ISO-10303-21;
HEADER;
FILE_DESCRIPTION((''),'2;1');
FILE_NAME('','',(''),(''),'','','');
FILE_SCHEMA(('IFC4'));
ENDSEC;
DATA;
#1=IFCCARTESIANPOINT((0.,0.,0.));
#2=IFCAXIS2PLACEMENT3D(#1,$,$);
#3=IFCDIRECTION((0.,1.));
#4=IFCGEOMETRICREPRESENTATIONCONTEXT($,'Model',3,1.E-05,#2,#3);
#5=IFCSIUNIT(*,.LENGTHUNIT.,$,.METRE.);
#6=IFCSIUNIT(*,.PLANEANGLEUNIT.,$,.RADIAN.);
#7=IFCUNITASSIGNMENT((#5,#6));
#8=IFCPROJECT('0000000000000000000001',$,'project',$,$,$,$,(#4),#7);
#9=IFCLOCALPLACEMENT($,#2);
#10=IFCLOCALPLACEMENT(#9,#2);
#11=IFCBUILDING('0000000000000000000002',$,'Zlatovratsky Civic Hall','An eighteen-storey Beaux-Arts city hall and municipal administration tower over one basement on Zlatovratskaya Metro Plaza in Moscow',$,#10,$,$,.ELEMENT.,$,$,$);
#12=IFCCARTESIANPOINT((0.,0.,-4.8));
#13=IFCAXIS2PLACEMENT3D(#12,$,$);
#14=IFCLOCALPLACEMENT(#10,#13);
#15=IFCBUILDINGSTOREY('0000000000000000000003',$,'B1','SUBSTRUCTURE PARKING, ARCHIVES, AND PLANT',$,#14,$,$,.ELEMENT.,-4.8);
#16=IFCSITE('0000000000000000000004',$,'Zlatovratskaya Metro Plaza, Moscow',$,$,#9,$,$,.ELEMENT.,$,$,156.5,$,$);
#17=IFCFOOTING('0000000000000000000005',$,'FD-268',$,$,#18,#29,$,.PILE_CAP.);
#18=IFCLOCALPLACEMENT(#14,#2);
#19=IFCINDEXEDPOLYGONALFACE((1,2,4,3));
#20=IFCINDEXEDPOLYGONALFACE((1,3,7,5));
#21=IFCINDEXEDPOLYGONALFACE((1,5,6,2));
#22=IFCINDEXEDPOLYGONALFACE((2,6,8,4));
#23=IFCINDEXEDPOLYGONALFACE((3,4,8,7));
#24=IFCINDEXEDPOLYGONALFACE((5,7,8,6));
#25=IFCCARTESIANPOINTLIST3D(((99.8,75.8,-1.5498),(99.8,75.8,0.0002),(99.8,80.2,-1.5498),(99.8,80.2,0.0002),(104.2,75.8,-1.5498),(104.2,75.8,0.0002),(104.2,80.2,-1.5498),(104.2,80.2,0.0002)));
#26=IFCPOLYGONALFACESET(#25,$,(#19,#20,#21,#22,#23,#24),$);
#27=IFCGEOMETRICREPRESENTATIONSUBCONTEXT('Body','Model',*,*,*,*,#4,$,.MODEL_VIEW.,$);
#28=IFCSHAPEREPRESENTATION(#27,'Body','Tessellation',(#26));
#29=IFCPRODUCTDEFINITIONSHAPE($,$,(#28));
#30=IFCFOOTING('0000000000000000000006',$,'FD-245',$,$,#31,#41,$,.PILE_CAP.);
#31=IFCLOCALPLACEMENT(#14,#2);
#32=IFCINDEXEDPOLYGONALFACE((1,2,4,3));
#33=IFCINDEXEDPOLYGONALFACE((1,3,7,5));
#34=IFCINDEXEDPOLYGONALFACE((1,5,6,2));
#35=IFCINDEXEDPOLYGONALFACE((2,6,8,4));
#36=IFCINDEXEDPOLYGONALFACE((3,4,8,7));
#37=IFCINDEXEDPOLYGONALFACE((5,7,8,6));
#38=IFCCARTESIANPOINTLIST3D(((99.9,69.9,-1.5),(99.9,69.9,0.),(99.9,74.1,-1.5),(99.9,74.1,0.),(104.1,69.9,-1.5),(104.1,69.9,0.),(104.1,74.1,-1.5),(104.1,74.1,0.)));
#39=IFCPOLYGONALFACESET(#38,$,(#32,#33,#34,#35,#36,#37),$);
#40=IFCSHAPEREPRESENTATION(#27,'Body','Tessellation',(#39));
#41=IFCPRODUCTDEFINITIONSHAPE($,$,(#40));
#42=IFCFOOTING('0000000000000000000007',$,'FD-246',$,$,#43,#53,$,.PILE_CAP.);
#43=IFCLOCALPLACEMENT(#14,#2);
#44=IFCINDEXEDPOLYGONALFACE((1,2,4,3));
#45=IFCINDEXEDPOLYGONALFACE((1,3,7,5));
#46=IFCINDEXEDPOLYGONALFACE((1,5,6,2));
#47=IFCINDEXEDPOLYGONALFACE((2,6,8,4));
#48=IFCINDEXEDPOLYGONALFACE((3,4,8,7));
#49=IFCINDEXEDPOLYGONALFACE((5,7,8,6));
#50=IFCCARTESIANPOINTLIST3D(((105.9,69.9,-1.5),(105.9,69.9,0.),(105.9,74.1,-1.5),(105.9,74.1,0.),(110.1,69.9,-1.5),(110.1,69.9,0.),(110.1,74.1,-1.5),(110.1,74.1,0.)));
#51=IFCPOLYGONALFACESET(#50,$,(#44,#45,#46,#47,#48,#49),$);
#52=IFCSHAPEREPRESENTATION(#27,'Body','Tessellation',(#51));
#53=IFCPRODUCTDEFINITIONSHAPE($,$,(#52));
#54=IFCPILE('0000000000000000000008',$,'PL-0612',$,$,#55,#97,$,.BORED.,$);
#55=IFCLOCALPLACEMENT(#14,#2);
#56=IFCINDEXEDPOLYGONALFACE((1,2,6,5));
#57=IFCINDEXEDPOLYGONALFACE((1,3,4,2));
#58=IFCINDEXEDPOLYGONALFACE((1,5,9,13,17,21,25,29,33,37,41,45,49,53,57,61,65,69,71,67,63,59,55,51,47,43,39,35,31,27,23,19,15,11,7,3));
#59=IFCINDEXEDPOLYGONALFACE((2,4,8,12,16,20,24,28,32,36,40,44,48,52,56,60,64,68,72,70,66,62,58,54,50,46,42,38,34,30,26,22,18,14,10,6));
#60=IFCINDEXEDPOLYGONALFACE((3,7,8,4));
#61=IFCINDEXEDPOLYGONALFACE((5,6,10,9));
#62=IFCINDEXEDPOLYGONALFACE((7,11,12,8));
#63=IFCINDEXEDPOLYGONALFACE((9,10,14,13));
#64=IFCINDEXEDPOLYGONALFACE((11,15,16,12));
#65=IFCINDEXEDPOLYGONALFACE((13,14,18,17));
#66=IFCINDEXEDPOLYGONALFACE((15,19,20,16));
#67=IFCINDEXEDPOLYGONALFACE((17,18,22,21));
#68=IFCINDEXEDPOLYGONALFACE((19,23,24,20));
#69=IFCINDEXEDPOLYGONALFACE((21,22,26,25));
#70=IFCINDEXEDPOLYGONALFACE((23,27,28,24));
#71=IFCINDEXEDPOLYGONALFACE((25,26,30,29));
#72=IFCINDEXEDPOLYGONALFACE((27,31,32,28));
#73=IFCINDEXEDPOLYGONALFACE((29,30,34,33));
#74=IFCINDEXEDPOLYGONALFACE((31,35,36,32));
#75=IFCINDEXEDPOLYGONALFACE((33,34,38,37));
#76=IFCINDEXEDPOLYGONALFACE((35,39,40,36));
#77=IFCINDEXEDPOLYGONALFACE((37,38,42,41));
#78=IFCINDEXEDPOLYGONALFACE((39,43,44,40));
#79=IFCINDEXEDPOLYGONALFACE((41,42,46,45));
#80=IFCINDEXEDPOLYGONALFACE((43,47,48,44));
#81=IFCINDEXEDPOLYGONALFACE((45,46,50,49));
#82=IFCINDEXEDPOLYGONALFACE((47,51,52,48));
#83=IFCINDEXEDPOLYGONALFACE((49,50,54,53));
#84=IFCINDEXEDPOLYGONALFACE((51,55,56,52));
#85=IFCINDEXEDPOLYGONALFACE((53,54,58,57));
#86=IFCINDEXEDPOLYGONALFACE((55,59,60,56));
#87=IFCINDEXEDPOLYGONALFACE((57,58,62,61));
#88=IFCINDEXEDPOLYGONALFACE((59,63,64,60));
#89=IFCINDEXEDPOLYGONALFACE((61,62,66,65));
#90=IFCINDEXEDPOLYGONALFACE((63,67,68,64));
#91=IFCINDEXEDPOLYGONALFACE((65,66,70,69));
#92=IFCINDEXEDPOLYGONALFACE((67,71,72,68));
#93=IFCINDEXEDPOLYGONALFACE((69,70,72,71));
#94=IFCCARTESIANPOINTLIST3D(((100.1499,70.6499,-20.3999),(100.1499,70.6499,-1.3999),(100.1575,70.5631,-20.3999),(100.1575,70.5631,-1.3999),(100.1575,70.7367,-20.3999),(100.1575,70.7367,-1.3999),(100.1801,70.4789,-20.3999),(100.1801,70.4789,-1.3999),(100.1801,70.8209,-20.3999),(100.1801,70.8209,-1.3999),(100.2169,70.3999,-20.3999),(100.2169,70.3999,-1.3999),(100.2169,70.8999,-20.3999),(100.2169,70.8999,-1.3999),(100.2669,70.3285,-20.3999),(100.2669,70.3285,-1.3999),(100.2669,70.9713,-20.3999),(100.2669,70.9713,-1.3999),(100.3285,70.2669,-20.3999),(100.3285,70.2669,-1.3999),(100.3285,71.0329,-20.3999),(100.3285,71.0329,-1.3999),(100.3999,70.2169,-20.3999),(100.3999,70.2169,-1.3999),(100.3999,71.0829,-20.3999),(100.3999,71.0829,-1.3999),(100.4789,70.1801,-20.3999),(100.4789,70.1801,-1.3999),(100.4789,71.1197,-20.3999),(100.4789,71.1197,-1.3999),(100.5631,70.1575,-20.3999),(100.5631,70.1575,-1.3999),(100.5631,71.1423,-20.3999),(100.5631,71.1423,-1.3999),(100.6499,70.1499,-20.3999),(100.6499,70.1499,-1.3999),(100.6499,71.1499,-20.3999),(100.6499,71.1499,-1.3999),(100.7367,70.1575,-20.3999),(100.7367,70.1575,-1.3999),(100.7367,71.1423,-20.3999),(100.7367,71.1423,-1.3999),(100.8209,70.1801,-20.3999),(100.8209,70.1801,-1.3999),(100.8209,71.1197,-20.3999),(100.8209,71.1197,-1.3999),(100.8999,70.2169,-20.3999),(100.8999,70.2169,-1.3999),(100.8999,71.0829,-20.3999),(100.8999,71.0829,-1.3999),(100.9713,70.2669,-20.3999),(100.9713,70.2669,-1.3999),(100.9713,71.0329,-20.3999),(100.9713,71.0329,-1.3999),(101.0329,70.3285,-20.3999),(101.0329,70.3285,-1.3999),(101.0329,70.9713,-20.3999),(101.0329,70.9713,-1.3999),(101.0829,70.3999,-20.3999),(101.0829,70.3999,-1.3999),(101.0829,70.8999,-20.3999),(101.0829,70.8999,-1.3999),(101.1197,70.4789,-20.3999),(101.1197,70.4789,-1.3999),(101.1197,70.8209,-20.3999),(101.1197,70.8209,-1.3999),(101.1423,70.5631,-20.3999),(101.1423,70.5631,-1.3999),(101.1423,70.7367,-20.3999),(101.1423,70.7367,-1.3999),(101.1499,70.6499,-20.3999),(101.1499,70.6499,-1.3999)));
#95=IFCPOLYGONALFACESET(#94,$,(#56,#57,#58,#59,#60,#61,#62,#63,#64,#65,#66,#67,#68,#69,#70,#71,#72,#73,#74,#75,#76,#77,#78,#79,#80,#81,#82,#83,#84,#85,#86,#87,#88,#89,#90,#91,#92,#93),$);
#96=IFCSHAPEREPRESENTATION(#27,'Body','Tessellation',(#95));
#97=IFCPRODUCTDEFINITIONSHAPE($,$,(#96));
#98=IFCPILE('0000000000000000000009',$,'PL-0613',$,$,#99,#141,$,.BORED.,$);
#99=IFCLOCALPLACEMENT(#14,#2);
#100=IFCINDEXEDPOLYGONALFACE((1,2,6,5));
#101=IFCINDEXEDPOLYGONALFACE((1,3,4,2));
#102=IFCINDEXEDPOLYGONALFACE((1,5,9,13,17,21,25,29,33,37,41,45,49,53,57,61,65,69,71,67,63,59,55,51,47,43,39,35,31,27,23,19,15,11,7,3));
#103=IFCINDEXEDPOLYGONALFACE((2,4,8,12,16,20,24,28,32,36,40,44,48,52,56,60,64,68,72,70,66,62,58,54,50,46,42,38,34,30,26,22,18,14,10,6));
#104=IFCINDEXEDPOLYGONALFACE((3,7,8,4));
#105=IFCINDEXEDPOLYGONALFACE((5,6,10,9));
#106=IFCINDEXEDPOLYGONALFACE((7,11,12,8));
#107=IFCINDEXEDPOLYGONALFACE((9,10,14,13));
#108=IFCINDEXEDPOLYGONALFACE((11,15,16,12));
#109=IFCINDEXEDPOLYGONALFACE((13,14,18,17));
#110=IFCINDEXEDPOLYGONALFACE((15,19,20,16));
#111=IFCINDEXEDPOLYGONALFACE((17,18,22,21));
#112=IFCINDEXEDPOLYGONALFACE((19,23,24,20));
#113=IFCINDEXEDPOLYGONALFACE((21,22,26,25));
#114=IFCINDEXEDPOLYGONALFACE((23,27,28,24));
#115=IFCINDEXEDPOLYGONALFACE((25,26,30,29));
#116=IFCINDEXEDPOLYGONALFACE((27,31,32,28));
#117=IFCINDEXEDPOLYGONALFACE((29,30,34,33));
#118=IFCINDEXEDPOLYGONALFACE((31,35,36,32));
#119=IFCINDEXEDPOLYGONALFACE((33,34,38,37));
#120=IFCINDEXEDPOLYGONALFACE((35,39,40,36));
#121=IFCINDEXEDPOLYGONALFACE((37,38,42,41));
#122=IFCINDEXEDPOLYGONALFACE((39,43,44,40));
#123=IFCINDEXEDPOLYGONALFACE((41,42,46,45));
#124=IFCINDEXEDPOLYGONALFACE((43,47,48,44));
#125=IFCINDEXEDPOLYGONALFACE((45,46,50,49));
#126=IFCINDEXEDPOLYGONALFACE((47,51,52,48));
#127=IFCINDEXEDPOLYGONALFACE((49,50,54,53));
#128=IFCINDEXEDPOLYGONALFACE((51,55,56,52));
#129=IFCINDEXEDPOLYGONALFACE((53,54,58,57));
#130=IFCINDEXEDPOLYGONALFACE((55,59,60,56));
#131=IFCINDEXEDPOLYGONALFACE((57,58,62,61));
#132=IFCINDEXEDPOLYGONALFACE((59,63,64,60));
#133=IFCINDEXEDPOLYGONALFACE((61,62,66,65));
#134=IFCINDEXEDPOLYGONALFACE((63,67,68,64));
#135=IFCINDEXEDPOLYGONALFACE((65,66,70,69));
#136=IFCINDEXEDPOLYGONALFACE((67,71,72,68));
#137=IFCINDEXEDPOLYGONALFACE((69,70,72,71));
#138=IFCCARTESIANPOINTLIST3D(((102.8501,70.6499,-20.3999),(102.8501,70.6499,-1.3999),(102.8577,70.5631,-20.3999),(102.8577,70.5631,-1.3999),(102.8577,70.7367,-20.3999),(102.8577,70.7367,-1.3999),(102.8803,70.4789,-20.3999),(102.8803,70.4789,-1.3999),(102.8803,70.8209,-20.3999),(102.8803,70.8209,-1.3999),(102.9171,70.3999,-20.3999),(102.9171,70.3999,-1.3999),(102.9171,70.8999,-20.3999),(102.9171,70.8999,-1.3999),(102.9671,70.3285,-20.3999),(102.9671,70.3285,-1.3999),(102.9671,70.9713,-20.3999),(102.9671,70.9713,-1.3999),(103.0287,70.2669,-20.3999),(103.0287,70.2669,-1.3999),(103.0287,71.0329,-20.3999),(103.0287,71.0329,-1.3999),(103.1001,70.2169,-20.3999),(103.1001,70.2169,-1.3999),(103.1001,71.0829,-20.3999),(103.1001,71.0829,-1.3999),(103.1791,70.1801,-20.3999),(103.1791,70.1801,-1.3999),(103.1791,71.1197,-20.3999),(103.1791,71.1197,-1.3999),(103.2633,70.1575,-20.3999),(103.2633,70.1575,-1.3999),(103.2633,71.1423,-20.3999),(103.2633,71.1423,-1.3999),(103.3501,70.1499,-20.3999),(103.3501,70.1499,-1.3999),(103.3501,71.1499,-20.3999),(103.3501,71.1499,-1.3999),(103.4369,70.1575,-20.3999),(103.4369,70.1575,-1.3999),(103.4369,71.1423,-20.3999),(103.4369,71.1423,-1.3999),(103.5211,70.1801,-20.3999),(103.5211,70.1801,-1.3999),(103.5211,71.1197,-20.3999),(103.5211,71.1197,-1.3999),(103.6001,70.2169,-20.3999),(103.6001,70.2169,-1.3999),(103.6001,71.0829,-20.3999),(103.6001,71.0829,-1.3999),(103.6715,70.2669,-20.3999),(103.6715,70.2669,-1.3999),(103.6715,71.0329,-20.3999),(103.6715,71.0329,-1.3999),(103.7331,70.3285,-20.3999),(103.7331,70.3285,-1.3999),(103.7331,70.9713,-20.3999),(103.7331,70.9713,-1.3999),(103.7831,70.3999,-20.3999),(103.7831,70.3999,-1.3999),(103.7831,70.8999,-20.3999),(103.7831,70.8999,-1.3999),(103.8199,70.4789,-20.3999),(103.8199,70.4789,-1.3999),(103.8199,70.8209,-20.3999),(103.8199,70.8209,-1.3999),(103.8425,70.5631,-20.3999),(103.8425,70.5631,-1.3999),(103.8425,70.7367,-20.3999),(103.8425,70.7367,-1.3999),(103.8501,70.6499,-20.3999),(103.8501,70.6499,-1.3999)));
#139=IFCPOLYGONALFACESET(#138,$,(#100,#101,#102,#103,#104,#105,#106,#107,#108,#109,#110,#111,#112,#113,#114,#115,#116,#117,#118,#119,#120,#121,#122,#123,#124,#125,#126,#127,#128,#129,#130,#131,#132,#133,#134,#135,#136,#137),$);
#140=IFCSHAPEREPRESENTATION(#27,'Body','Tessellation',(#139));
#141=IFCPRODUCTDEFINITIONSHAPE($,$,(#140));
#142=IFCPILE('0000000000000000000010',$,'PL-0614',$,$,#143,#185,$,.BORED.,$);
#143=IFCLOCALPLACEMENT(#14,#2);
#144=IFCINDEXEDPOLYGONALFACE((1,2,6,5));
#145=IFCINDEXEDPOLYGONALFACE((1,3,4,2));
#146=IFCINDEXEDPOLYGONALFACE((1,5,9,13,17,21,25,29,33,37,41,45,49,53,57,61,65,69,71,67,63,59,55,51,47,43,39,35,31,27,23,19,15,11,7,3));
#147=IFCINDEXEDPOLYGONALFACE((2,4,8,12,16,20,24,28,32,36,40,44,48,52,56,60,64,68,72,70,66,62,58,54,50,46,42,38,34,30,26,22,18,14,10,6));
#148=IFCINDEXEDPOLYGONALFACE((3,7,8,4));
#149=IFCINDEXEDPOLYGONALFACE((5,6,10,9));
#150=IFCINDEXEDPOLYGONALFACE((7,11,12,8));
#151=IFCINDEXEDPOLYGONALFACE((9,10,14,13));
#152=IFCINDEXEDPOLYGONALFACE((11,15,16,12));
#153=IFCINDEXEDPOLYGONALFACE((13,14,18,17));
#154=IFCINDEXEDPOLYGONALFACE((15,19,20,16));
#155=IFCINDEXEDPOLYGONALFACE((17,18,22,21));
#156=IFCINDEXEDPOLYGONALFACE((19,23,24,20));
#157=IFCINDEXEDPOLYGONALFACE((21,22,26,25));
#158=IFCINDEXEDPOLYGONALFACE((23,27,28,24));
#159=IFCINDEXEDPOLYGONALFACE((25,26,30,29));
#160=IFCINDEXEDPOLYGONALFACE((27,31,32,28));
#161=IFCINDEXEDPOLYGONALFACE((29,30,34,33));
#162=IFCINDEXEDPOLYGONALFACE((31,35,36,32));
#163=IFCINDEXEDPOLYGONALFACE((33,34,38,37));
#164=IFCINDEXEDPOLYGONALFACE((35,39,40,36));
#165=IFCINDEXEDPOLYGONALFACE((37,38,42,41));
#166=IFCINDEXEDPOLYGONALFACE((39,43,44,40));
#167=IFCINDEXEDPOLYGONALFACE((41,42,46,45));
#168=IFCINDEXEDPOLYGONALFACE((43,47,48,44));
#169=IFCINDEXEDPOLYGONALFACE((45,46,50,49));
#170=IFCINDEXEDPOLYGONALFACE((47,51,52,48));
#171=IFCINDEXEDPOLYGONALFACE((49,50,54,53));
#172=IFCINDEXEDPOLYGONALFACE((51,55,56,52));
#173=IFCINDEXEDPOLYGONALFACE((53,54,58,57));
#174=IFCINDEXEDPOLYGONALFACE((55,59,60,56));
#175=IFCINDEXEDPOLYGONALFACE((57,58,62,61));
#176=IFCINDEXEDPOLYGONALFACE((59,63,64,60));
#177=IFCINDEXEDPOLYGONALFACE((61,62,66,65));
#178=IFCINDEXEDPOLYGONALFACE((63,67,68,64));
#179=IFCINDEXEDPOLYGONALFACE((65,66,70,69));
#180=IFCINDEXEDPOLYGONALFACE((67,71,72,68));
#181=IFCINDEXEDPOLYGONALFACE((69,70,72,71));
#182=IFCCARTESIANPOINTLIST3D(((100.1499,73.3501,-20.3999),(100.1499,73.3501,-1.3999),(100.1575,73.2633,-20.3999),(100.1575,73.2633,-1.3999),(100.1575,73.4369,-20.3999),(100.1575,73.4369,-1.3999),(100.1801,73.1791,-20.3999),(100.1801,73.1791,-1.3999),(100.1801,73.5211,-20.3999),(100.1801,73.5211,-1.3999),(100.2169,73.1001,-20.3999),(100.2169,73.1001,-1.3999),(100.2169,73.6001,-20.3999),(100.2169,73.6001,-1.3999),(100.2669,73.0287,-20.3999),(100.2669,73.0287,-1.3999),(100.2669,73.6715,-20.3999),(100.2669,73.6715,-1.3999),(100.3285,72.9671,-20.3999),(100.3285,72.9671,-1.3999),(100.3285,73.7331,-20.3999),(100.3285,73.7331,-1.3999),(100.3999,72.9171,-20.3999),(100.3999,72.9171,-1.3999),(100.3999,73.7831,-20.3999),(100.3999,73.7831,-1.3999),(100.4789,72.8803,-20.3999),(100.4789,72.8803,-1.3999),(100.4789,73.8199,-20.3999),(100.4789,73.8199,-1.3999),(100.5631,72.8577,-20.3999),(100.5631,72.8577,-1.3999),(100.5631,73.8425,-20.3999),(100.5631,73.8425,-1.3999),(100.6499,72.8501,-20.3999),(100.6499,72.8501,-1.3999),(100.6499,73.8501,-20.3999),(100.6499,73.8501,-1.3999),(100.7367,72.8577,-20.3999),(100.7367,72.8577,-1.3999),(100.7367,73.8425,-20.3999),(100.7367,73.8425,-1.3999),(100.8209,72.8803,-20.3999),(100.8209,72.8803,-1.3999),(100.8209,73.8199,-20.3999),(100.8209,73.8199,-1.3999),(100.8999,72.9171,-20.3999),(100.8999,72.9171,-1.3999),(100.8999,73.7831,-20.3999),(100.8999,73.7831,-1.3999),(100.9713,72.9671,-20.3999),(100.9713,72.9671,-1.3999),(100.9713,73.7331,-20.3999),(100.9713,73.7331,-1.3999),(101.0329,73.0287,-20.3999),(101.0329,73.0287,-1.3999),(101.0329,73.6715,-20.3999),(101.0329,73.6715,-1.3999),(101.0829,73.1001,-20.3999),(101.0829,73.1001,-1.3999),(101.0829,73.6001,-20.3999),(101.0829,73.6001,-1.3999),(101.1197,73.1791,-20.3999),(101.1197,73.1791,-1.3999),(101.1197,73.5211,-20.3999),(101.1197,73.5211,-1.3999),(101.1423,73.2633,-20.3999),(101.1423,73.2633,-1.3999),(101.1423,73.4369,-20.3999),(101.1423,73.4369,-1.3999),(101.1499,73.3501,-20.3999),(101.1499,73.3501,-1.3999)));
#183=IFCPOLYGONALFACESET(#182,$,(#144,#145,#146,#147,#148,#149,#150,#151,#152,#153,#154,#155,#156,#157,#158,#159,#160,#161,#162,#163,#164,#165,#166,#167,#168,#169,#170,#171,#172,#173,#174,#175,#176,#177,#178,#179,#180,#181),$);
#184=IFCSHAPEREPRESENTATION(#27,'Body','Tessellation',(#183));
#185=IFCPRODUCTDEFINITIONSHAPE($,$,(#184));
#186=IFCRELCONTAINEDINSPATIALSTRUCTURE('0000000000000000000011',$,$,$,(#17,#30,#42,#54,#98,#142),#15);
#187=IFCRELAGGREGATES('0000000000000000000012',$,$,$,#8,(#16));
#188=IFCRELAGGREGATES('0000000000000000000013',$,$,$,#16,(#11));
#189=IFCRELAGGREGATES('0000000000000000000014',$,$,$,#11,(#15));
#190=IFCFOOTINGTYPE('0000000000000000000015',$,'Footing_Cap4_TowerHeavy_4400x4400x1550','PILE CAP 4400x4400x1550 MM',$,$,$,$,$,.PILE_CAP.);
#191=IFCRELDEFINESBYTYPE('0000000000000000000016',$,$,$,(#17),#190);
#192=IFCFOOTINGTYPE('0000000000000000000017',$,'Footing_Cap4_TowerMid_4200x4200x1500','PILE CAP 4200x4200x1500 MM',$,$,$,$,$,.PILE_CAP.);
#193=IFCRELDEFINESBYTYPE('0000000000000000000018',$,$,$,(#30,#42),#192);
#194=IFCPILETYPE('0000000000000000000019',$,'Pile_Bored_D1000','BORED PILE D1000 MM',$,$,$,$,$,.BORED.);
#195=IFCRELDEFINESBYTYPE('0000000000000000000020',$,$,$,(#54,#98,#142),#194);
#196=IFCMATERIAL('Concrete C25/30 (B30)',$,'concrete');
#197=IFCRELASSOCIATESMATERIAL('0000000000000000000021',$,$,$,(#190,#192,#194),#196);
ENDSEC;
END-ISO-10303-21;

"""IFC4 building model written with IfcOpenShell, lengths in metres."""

from ifc_helpers import new_model, si_unit, direction, frame, origin, origin_2d, place, context, subcontext, project, spatial, rectangle, circle, extrude, material, material_profile, profile_set, type_object, element, save


model = new_model("IFC4")

# Units and contexts
model_context = context("Model", 3, precision=1e-05, world=origin(), true_north=direction((0.0, 1.0)))
body_context = subcontext(model_context, "Body", "Model", "MODEL_VIEW")
ifc_project = project(units=[si_unit("LENGTHUNIT", "METRE"), si_unit("PLANEANGLEUNIT", "RADIAN")], contexts=[model_context])

# Site, building, storey
site_placement = place(None, origin())
site = spatial("IfcSite", under=ifc_project, at=site_placement, Name="Zlatovratskaya Metro Plaza, Moscow", CompositionType="ELEMENT", RefElevation=156.5)
building_placement = place(site_placement, origin())
building = spatial("IfcBuilding", under=site, at=building_placement, Name="Zlatovratsky Civic Hall", Description="An eighteen-storey Beaux-Arts city hall and municipal administration tower over one basement on Zlatovratskaya Metro Plaza in Moscow", CompositionType="ELEMENT")
storey_placement = place(building_placement, frame((0.0, 0.0, -4.8)))
storey = spatial("IfcBuildingStorey", under=building, at=storey_placement, Name="B1", Description="SUBSTRUCTURE PARKING, ARCHIVES, AND PLANT", CompositionType="ELEMENT", Elevation=-4.8)

# Footings
ifc_material_1 = material(Name="Concrete C25/30 (B30)", Category="concrete")
footing_type_1 = type_object("IfcFootingType", Name="Footing_Cap4_TowerHeavy_4400x4400x1550", Description="PILE CAP 4400x4400x1550 MM", PredefinedType="PILE_CAP", material=ifc_material_1)
footing_placement = place(storey_placement, frame((102.0, 78.0, -1.5498), z_axis=(0.0, 0.0, 1.0), x_axis=(1.0, 0.0, 0.0)))
element("IfcFooting", 1, at=footing_placement, inside=storey, type_object=footing_type_1, Name="FD-268", PredefinedType="PILE_CAP", context=body_context, shape_type="SweptSolid", body=[
    extrude(rectangle(XDim=4.3999, YDim=4.3999, at=origin_2d()), origin(), (0.0, 0.0, 1.0), 1.55),
])
footing_type_2 = type_object("IfcFootingType", Name="Footing_Cap4_TowerMid_4200x4200x1500", Description="PILE CAP 4200x4200x1500 MM", PredefinedType="PILE_CAP", material=ifc_material_1)
for number, where, z_axis, x_axis, name in (
    (2, (102.0, 72.0, -1.5), (0.0, 0.0, 1.0), (1.0, 0.0, 0.0), "FD-245"),
    (3, (108.0, 72.0, -1.5), (0.0, 0.0, 1.0), (1.0, 0.0, 0.0), "FD-246"),
):
    element("IfcFooting", number, at=place(storey_placement, frame(where, z_axis=z_axis, x_axis=x_axis)), inside=storey, type_object=footing_type_2, Name=name, PredefinedType="PILE_CAP", context=body_context, shape_type="SweptSolid", body=[
        extrude(rectangle(XDim=4.2, YDim=4.2, at=origin_2d()), origin(), (0.0, 0.0, 1.0), 1.5),
    ])

# Piles
ifc_material_profile_1 = material_profile(ifc_material_1, circle(Radius=0.5, at=origin_2d()), Name="PILE D1000")
ifc_profile_set_1 = profile_set([ifc_material_profile_1], Name="Concrete C25/30 (B30)")
pile_type_1 = type_object("IfcPileType", Name="Pile_Bored_D1000", Description="BORED PILE D1000 MM", PredefinedType="BORED", material=ifc_profile_set_1)
for number, where, z_axis, x_axis, name in (
    (4, (100.6499, 70.6499, -1.3999), (0.0, 0.0, -1.0), (1.0, 0.0, 0.0), "PL-0612"),
    (5, (103.3501, 70.6499, -1.3999), (0.0, 0.0, -1.0), (1.0, 0.0, 0.0), "PL-0613"),
    (6, (100.6499, 73.3501, -1.3999), (0.0, 0.0, -1.0), (1.0, 0.0, 0.0), "PL-0614"),
):
    element("IfcPile", number, at=place(storey_placement, frame(where, z_axis=z_axis, x_axis=x_axis)), inside=storey, type_object=pile_type_1, Name=name, PredefinedType="BORED", context=body_context, shape_type="SweptSolid", body=[
        extrude(circle(Radius=0.5, at=origin_2d()), origin(), (0.0, 0.0, 1.0), 19.0),
    ])

save(model, "model.ifc")
